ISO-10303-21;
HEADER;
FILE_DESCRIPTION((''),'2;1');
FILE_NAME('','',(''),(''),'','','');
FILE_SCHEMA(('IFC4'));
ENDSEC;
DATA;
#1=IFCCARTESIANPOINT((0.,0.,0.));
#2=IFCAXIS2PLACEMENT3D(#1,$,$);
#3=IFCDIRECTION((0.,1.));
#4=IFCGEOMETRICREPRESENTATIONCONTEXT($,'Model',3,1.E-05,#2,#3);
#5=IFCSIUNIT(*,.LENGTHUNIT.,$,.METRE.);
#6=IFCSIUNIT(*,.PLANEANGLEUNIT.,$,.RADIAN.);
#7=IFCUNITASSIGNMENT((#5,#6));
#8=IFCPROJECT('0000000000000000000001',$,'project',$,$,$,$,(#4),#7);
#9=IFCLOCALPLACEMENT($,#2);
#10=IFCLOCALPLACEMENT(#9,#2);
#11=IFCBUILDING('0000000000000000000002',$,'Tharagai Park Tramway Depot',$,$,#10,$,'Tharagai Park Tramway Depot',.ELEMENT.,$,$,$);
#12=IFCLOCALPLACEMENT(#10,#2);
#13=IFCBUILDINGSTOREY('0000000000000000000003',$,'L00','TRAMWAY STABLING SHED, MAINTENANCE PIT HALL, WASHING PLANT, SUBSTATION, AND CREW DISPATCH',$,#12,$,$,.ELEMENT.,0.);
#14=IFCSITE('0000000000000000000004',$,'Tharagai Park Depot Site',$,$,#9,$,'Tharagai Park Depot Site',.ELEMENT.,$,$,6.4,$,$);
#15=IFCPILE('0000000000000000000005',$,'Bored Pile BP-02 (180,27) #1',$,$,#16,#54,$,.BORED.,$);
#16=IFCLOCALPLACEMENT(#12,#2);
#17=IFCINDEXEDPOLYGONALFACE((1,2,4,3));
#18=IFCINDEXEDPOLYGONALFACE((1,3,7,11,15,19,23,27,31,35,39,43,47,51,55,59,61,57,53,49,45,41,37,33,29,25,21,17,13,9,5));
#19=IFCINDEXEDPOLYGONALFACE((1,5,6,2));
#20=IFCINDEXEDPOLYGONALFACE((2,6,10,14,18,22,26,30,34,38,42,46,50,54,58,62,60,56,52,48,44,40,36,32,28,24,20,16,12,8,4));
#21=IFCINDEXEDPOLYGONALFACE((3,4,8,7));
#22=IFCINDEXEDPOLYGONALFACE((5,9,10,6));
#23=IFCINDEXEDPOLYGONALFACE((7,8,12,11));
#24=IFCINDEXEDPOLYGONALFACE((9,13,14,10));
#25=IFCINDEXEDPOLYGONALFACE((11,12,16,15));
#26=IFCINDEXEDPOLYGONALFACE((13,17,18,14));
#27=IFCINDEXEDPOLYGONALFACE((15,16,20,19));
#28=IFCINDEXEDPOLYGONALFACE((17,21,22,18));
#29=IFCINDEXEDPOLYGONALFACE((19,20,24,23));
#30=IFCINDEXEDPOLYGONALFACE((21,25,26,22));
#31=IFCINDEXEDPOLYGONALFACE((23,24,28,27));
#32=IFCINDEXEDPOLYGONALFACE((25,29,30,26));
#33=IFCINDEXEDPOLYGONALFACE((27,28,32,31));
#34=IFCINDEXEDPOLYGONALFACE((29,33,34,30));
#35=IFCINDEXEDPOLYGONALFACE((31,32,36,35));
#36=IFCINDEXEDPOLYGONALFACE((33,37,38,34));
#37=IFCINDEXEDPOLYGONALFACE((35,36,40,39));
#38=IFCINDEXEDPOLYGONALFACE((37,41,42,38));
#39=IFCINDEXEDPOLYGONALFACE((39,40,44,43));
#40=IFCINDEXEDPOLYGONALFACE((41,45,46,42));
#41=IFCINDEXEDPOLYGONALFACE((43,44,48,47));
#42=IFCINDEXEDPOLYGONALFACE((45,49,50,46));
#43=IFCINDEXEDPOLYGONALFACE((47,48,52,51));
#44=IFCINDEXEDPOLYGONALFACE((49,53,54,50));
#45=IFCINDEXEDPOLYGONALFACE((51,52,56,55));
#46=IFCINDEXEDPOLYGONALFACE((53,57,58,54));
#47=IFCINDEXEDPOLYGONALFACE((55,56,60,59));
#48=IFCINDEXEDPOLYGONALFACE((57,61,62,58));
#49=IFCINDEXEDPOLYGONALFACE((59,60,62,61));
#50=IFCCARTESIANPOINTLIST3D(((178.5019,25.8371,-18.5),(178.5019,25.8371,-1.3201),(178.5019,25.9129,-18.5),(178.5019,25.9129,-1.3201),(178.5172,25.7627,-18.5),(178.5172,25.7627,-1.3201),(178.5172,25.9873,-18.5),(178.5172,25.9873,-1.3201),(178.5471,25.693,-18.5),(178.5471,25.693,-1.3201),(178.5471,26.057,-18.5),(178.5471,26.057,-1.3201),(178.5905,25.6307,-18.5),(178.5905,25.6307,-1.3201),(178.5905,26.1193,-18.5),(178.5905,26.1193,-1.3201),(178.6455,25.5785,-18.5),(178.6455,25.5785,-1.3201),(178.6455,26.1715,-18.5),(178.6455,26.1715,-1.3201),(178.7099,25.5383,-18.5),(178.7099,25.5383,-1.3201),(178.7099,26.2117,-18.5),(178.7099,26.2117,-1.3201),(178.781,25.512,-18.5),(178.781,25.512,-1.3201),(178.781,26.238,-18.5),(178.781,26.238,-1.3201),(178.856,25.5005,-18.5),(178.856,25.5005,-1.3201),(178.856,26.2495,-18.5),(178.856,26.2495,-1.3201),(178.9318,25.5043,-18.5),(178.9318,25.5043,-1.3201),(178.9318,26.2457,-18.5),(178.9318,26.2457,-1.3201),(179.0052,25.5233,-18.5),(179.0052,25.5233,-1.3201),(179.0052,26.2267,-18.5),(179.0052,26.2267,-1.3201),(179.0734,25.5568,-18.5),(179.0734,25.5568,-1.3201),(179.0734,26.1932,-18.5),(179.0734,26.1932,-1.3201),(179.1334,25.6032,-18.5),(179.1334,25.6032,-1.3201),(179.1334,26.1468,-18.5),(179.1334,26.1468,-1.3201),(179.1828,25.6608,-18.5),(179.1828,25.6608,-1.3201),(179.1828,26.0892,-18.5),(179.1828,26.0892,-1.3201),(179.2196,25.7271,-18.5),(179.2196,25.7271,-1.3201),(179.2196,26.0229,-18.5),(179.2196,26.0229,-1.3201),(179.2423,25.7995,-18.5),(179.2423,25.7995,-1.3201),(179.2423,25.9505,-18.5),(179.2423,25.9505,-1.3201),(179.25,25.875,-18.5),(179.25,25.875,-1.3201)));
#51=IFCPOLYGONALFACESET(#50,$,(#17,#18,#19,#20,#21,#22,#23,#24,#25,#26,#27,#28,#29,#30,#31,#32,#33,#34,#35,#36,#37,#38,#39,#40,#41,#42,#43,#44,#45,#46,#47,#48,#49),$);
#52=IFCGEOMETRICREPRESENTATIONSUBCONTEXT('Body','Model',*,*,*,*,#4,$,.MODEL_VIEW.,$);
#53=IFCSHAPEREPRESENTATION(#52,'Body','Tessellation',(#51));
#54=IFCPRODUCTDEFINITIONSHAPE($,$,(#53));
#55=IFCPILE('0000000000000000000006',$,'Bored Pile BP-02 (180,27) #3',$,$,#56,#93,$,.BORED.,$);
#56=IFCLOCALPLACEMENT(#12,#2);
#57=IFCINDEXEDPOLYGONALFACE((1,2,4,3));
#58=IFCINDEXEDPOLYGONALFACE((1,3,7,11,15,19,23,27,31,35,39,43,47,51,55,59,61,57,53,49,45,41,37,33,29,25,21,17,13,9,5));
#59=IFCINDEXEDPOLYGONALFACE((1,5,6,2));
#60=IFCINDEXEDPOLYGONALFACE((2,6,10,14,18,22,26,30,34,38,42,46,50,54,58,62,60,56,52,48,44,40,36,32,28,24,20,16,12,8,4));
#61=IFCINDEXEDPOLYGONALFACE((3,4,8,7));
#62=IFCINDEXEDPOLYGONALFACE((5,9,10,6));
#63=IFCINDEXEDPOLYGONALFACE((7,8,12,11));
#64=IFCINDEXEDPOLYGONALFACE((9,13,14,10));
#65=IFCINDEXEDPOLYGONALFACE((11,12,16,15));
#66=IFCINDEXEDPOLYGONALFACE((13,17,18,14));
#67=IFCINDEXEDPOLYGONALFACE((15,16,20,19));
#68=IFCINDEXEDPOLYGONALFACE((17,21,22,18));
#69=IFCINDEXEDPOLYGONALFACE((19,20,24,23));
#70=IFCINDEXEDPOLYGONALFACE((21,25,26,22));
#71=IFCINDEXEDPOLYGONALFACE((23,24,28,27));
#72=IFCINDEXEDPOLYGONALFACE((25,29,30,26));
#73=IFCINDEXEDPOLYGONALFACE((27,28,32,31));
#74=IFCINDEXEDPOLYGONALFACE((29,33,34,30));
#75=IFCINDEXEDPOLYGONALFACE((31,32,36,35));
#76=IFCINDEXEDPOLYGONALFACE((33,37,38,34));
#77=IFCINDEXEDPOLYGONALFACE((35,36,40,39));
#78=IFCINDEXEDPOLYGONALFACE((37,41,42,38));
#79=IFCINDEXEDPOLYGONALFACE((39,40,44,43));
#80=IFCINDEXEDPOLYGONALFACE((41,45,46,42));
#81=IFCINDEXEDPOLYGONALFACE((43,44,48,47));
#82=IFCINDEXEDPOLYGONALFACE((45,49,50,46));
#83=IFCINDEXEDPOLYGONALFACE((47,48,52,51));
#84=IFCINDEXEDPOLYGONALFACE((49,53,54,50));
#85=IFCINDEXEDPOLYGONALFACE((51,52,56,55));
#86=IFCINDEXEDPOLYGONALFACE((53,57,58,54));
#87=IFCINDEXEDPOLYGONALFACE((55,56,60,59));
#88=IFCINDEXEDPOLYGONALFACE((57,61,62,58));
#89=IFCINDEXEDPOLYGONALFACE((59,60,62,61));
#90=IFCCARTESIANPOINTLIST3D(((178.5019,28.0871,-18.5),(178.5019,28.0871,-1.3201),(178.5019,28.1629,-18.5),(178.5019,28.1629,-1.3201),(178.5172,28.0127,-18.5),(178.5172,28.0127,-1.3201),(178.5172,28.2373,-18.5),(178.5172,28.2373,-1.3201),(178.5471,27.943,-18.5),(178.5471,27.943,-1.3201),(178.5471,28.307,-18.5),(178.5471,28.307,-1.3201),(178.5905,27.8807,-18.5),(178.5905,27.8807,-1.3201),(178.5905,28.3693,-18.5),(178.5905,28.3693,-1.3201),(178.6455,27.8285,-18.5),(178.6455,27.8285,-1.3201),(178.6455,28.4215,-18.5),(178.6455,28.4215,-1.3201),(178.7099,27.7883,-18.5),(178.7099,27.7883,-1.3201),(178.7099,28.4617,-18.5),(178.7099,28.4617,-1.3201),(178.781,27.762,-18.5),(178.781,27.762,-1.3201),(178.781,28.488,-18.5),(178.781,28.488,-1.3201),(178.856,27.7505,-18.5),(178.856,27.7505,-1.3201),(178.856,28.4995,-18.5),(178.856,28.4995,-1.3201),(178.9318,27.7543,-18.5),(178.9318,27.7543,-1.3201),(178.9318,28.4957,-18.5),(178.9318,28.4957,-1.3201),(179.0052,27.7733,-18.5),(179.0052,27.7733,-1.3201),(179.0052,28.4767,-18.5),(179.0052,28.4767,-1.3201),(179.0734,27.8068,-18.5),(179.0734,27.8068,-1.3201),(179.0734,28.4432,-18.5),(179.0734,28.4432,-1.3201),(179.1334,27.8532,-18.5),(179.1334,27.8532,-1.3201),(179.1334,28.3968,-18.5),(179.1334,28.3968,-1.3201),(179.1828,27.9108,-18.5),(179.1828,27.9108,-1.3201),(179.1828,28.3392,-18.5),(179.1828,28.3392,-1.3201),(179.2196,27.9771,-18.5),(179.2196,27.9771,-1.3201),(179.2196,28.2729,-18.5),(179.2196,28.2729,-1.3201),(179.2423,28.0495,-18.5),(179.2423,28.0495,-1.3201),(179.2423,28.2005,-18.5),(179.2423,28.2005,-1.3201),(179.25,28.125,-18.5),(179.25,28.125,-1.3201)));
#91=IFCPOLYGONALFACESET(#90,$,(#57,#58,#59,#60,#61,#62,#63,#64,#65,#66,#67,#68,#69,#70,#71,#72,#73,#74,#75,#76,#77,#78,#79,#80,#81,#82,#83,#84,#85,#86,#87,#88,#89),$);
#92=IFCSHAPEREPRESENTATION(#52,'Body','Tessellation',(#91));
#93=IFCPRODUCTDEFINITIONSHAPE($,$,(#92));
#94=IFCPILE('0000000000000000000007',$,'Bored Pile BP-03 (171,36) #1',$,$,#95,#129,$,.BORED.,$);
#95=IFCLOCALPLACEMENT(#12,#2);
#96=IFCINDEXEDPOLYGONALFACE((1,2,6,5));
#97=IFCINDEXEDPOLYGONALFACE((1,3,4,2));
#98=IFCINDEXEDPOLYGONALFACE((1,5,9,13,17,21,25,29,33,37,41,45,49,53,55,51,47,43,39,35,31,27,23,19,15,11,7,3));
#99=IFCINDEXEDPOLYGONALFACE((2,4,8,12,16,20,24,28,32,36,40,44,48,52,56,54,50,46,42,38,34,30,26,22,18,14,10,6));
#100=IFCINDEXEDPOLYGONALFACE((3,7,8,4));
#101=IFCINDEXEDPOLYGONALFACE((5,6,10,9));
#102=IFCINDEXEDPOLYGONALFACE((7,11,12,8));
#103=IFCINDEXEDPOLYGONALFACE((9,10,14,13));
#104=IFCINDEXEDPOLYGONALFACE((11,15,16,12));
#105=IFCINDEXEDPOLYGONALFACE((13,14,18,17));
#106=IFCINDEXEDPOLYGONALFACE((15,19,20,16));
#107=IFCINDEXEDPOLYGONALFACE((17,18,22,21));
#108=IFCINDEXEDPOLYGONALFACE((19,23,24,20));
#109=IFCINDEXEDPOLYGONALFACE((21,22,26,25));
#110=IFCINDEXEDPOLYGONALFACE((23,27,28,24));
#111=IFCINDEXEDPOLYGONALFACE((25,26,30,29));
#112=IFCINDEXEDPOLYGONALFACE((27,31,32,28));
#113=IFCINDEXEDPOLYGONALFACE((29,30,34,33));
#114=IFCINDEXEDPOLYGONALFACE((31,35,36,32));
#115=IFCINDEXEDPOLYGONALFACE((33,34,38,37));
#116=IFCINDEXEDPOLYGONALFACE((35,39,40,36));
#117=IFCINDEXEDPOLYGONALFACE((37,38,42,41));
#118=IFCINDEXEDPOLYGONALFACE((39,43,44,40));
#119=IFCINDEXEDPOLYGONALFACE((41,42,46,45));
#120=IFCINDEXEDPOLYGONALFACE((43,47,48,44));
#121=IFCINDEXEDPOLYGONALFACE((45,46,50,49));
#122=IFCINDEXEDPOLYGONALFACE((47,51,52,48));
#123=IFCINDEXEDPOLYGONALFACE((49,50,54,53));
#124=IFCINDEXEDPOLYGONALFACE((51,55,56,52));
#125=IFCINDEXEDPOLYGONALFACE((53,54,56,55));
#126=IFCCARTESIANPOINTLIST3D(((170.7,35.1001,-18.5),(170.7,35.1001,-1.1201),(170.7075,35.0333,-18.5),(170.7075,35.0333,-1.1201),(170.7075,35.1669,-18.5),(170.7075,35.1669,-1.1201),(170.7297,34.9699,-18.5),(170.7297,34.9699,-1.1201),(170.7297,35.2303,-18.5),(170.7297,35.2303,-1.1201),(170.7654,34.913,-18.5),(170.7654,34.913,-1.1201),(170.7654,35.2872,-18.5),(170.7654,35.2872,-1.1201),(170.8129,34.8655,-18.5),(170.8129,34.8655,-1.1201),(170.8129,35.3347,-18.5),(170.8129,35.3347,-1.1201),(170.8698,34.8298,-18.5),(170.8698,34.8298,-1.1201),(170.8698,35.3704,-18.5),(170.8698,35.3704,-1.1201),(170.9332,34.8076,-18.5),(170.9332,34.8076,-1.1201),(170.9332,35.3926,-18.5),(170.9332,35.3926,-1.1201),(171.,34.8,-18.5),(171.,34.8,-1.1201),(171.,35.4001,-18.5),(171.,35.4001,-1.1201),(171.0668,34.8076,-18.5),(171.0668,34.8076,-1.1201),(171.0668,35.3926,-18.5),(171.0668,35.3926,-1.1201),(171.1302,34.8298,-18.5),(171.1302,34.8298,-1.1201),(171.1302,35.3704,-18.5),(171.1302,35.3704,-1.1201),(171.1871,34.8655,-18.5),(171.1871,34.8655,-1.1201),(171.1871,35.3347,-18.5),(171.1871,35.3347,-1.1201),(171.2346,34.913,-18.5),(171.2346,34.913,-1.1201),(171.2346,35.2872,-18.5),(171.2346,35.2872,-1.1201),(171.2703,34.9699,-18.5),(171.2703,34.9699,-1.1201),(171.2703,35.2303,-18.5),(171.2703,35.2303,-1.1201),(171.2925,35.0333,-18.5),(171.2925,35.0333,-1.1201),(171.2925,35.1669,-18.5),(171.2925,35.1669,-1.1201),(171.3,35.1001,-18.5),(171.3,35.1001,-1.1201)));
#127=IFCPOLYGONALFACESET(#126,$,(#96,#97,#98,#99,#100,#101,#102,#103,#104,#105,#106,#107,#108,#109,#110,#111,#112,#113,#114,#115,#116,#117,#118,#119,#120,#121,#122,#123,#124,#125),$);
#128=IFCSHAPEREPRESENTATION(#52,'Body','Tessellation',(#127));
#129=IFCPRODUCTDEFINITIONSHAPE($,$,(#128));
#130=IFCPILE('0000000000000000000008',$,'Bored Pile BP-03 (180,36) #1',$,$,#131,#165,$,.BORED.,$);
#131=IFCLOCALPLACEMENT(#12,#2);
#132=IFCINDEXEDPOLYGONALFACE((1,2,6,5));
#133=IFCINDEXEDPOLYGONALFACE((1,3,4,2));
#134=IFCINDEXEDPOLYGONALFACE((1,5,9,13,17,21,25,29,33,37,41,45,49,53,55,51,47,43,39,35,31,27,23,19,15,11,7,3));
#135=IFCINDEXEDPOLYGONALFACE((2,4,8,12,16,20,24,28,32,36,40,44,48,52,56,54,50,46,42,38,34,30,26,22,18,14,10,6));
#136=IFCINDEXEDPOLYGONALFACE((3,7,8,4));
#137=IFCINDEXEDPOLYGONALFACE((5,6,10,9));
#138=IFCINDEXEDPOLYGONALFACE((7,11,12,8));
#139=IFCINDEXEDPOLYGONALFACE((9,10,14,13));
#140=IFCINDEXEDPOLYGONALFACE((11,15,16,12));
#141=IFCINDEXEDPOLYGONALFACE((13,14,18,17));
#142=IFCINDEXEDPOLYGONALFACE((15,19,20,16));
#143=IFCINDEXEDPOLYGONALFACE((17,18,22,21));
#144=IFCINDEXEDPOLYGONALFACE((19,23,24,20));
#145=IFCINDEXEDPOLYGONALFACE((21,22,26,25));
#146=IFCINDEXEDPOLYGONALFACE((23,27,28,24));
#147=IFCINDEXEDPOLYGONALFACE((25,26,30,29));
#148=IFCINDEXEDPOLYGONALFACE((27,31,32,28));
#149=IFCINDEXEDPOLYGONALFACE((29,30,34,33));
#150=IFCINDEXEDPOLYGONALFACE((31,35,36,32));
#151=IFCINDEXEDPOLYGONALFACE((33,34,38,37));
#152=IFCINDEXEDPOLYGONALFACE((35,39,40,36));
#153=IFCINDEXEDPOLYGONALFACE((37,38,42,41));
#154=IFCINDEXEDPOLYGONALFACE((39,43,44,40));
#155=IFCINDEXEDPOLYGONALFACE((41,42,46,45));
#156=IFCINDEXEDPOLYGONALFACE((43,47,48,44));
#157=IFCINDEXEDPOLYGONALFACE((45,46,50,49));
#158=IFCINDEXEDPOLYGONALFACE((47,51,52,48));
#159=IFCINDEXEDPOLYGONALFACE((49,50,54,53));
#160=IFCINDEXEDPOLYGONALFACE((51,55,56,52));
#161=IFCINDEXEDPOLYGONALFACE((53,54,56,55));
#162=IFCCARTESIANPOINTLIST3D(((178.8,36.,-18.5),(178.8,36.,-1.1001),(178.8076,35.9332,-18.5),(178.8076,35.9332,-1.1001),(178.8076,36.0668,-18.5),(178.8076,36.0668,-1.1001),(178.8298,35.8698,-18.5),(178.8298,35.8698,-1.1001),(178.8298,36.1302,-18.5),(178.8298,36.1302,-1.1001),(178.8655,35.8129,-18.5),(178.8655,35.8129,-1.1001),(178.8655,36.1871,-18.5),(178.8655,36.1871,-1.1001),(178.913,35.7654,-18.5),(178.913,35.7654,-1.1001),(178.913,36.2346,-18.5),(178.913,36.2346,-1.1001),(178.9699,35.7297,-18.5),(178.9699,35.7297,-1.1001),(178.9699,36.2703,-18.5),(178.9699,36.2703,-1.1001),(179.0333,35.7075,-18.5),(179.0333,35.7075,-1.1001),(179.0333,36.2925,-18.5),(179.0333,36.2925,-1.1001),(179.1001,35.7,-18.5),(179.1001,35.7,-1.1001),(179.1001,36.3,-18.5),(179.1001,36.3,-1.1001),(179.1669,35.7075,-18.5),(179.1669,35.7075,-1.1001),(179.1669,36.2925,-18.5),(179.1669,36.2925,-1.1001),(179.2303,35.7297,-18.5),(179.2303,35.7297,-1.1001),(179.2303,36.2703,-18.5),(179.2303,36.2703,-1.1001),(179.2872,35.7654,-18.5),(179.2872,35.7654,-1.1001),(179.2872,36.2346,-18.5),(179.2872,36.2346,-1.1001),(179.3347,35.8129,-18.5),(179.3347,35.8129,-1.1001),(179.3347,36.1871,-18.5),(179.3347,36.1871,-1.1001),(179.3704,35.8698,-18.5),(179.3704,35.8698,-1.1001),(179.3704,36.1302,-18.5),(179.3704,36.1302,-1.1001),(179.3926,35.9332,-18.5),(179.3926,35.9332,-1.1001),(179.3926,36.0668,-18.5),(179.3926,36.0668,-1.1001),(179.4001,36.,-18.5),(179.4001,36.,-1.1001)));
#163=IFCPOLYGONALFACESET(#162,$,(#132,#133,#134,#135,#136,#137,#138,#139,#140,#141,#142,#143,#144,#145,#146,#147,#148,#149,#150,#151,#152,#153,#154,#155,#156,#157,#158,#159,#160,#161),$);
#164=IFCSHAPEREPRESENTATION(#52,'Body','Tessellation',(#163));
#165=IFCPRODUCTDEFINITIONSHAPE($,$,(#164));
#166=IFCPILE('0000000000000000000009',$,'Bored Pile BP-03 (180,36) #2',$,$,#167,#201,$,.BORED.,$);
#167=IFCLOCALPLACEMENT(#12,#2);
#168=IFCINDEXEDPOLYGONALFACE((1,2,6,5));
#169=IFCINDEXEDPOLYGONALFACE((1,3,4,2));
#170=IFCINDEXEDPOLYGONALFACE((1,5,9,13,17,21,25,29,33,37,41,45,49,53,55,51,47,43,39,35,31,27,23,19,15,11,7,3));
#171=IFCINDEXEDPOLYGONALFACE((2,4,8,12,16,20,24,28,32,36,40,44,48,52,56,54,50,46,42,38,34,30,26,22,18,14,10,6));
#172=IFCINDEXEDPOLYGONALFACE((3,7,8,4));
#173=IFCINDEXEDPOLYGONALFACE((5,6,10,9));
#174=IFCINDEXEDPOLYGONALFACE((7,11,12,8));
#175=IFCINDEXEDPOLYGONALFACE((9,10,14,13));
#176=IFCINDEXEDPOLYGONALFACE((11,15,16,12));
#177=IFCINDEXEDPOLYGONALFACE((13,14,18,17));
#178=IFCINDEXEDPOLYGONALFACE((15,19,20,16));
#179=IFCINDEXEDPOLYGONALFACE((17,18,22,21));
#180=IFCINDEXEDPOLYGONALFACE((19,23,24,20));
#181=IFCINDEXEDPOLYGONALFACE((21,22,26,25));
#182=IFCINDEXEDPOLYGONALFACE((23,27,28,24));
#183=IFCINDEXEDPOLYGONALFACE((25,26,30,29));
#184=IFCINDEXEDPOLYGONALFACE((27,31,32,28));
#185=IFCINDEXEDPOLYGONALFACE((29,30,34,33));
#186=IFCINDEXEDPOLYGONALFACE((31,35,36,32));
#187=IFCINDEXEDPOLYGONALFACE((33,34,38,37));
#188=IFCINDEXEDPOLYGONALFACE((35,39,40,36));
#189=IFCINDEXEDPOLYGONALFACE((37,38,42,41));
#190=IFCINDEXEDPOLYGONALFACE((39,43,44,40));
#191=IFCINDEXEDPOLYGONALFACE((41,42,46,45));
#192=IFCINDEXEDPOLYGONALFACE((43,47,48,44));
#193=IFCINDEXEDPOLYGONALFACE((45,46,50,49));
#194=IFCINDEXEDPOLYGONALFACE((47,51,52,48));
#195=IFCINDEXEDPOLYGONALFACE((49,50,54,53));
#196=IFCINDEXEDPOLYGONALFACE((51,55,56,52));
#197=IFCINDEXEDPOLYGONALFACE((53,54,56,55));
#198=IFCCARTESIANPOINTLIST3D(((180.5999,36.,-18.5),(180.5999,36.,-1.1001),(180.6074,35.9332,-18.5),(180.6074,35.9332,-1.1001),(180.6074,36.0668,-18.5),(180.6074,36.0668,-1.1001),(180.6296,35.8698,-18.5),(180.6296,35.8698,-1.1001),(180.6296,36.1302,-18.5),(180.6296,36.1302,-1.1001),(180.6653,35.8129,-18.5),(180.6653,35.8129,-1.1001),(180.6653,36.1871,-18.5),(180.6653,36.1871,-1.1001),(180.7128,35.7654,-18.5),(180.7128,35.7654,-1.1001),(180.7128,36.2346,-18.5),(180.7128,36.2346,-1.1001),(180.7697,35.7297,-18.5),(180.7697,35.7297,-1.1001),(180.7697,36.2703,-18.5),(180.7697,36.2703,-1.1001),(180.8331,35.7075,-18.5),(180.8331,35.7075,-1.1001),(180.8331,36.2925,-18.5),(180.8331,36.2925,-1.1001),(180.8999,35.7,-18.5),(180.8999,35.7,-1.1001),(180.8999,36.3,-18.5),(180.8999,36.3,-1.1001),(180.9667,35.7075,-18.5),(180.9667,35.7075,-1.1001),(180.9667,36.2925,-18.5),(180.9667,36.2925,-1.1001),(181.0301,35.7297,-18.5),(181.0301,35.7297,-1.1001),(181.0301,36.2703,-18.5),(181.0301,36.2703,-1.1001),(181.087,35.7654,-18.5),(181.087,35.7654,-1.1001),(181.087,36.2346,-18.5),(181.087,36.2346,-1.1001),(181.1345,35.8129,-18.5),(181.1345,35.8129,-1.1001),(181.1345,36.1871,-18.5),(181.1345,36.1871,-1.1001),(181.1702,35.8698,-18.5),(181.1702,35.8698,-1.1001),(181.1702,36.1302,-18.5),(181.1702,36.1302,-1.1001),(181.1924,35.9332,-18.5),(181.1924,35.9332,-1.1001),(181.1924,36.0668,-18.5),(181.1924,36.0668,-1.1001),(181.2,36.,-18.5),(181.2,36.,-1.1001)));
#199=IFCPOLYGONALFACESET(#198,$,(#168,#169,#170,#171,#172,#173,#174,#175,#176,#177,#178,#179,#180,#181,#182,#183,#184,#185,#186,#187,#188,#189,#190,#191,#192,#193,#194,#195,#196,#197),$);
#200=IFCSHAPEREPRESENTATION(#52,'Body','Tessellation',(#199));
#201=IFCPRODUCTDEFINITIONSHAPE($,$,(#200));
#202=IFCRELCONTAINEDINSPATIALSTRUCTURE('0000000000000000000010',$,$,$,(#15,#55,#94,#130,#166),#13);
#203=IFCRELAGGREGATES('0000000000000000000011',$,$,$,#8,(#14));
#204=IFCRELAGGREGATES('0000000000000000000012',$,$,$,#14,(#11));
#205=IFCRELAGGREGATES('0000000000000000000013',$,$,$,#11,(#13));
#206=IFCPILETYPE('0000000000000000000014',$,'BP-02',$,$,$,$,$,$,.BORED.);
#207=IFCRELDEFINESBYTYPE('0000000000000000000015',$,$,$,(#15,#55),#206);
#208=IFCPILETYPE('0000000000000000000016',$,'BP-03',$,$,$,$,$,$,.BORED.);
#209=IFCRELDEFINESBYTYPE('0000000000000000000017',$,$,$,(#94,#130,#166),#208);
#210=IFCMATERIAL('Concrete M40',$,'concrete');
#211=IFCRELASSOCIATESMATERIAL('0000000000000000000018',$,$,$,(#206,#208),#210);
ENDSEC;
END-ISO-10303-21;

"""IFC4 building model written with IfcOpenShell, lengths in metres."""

from ifc_helpers import new_model, si_unit, direction, frame, origin, origin_2d, place, context, subcontext, project, spatial, circle, extrude, material, material_profile, profile_set, type_object, element, save


model = new_model("IFC4")

# Units and contexts
model_context = context("Model", 3, precision=1e-05, world=origin(), true_north=direction((0.0, 1.0)))
body_context = subcontext(model_context, "Body", "Model", "MODEL_VIEW")
ifc_project = project(units=[si_unit("LENGTHUNIT", "METRE"), si_unit("PLANEANGLEUNIT", "RADIAN")], contexts=[model_context])

# Site, building, storey
site_placement = place(None, origin())
site = spatial("IfcSite", under=ifc_project, at=site_placement, Name="Tharagai Park Depot Site", LongName="Tharagai Park Depot Site", CompositionType="ELEMENT", RefElevation=6.4)
building_placement = place(site_placement, origin())
building = spatial("IfcBuilding", under=site, at=building_placement, Name="Tharagai Park Tramway Depot", LongName="Tharagai Park Tramway Depot", CompositionType="ELEMENT")
storey_placement = place(building_placement, origin())
storey = spatial("IfcBuildingStorey", under=building, at=storey_placement, Name="L00", Description="TRAMWAY STABLING SHED, MAINTENANCE PIT HALL, WASHING PLANT, SUBSTATION, AND CREW DISPATCH", CompositionType="ELEMENT", Elevation=0.0)

# Piles
ifc_material_1 = material(Name="Concrete M40", Category="concrete")
ifc_material_profile_1 = material_profile(ifc_material_1, circle(Radius=0.375, at=origin_2d()), Name="PILE D750")
ifc_profile_set_1 = profile_set([ifc_material_profile_1], Name="Concrete M40")
pile_type_1 = type_object("IfcPileType", Name="BP-02", PredefinedType="BORED", material=ifc_profile_set_1)
for number, where, z_axis, x_axis, name in (
    (1, (178.875, 25.875, -1.3201), (0.0, 0.0, -1.0), (1.0, 0.0, 0.0), "Bored Pile BP-02 (180,27) #1"),
    (2, (178.875, 28.125, -1.3201), (0.0, 0.0, -1.0), (1.0, 0.0, 0.0), "Bored Pile BP-02 (180,27) #3"),
):
    element("IfcPile", number, at=place(storey_placement, frame(where, z_axis=z_axis, x_axis=x_axis)), inside=storey, type_object=pile_type_1, Name=name, PredefinedType="BORED", context=body_context, shape_type="SweptSolid", body=[
        extrude(circle(Radius=0.375, at=origin_2d()), origin(), (0.0, 0.0, 1.0), 17.1799),
    ])
ifc_material_profile_2 = material_profile(ifc_material_1, circle(Radius=0.3, at=origin_2d()), Name="PILE D600")
ifc_profile_set_2 = profile_set([ifc_material_profile_2], Name="Concrete M40")
pile_type_2 = type_object("IfcPileType", Name="BP-03", PredefinedType="BORED", material=ifc_profile_set_2)
pile_1_placement = place(storey_placement, frame((171.0, 35.1001, -1.1201), z_axis=(0.0, 0.0, -1.0), x_axis=(1.0, 0.0, 0.0)))
element("IfcPile", 3, at=pile_1_placement, inside=storey, type_object=pile_type_2, Name="Bored Pile BP-03 (171,36) #1", PredefinedType="BORED", context=body_context, shape_type="SweptSolid", body=[
    extrude(circle(Radius=0.3, at=origin_2d()), origin(), (0.0, 0.0, 1.0), 17.3799),
])
for number, where, z_axis, x_axis, name in (
    (4, (179.1001, 36.0, -1.1001), (0.0, 0.0, -1.0), (1.0, 0.0, 0.0), "Bored Pile BP-03 (180,36) #1"),
    (5, (180.8999, 36.0, -1.1001), (0.0, 0.0, -1.0), (1.0, 0.0, 0.0), "Bored Pile BP-03 (180,36) #2"),
):
    element("IfcPile", number, at=place(storey_placement, frame(where, z_axis=z_axis, x_axis=x_axis)), inside=storey, type_object=pile_type_2, Name=name, PredefinedType="BORED", context=body_context, shape_type="SweptSolid", body=[
        extrude(circle(Radius=0.3, at=origin_2d()), origin(), (0.0, 0.0, 1.0), 17.3999),
    ])

save(model, "model.ifc")
